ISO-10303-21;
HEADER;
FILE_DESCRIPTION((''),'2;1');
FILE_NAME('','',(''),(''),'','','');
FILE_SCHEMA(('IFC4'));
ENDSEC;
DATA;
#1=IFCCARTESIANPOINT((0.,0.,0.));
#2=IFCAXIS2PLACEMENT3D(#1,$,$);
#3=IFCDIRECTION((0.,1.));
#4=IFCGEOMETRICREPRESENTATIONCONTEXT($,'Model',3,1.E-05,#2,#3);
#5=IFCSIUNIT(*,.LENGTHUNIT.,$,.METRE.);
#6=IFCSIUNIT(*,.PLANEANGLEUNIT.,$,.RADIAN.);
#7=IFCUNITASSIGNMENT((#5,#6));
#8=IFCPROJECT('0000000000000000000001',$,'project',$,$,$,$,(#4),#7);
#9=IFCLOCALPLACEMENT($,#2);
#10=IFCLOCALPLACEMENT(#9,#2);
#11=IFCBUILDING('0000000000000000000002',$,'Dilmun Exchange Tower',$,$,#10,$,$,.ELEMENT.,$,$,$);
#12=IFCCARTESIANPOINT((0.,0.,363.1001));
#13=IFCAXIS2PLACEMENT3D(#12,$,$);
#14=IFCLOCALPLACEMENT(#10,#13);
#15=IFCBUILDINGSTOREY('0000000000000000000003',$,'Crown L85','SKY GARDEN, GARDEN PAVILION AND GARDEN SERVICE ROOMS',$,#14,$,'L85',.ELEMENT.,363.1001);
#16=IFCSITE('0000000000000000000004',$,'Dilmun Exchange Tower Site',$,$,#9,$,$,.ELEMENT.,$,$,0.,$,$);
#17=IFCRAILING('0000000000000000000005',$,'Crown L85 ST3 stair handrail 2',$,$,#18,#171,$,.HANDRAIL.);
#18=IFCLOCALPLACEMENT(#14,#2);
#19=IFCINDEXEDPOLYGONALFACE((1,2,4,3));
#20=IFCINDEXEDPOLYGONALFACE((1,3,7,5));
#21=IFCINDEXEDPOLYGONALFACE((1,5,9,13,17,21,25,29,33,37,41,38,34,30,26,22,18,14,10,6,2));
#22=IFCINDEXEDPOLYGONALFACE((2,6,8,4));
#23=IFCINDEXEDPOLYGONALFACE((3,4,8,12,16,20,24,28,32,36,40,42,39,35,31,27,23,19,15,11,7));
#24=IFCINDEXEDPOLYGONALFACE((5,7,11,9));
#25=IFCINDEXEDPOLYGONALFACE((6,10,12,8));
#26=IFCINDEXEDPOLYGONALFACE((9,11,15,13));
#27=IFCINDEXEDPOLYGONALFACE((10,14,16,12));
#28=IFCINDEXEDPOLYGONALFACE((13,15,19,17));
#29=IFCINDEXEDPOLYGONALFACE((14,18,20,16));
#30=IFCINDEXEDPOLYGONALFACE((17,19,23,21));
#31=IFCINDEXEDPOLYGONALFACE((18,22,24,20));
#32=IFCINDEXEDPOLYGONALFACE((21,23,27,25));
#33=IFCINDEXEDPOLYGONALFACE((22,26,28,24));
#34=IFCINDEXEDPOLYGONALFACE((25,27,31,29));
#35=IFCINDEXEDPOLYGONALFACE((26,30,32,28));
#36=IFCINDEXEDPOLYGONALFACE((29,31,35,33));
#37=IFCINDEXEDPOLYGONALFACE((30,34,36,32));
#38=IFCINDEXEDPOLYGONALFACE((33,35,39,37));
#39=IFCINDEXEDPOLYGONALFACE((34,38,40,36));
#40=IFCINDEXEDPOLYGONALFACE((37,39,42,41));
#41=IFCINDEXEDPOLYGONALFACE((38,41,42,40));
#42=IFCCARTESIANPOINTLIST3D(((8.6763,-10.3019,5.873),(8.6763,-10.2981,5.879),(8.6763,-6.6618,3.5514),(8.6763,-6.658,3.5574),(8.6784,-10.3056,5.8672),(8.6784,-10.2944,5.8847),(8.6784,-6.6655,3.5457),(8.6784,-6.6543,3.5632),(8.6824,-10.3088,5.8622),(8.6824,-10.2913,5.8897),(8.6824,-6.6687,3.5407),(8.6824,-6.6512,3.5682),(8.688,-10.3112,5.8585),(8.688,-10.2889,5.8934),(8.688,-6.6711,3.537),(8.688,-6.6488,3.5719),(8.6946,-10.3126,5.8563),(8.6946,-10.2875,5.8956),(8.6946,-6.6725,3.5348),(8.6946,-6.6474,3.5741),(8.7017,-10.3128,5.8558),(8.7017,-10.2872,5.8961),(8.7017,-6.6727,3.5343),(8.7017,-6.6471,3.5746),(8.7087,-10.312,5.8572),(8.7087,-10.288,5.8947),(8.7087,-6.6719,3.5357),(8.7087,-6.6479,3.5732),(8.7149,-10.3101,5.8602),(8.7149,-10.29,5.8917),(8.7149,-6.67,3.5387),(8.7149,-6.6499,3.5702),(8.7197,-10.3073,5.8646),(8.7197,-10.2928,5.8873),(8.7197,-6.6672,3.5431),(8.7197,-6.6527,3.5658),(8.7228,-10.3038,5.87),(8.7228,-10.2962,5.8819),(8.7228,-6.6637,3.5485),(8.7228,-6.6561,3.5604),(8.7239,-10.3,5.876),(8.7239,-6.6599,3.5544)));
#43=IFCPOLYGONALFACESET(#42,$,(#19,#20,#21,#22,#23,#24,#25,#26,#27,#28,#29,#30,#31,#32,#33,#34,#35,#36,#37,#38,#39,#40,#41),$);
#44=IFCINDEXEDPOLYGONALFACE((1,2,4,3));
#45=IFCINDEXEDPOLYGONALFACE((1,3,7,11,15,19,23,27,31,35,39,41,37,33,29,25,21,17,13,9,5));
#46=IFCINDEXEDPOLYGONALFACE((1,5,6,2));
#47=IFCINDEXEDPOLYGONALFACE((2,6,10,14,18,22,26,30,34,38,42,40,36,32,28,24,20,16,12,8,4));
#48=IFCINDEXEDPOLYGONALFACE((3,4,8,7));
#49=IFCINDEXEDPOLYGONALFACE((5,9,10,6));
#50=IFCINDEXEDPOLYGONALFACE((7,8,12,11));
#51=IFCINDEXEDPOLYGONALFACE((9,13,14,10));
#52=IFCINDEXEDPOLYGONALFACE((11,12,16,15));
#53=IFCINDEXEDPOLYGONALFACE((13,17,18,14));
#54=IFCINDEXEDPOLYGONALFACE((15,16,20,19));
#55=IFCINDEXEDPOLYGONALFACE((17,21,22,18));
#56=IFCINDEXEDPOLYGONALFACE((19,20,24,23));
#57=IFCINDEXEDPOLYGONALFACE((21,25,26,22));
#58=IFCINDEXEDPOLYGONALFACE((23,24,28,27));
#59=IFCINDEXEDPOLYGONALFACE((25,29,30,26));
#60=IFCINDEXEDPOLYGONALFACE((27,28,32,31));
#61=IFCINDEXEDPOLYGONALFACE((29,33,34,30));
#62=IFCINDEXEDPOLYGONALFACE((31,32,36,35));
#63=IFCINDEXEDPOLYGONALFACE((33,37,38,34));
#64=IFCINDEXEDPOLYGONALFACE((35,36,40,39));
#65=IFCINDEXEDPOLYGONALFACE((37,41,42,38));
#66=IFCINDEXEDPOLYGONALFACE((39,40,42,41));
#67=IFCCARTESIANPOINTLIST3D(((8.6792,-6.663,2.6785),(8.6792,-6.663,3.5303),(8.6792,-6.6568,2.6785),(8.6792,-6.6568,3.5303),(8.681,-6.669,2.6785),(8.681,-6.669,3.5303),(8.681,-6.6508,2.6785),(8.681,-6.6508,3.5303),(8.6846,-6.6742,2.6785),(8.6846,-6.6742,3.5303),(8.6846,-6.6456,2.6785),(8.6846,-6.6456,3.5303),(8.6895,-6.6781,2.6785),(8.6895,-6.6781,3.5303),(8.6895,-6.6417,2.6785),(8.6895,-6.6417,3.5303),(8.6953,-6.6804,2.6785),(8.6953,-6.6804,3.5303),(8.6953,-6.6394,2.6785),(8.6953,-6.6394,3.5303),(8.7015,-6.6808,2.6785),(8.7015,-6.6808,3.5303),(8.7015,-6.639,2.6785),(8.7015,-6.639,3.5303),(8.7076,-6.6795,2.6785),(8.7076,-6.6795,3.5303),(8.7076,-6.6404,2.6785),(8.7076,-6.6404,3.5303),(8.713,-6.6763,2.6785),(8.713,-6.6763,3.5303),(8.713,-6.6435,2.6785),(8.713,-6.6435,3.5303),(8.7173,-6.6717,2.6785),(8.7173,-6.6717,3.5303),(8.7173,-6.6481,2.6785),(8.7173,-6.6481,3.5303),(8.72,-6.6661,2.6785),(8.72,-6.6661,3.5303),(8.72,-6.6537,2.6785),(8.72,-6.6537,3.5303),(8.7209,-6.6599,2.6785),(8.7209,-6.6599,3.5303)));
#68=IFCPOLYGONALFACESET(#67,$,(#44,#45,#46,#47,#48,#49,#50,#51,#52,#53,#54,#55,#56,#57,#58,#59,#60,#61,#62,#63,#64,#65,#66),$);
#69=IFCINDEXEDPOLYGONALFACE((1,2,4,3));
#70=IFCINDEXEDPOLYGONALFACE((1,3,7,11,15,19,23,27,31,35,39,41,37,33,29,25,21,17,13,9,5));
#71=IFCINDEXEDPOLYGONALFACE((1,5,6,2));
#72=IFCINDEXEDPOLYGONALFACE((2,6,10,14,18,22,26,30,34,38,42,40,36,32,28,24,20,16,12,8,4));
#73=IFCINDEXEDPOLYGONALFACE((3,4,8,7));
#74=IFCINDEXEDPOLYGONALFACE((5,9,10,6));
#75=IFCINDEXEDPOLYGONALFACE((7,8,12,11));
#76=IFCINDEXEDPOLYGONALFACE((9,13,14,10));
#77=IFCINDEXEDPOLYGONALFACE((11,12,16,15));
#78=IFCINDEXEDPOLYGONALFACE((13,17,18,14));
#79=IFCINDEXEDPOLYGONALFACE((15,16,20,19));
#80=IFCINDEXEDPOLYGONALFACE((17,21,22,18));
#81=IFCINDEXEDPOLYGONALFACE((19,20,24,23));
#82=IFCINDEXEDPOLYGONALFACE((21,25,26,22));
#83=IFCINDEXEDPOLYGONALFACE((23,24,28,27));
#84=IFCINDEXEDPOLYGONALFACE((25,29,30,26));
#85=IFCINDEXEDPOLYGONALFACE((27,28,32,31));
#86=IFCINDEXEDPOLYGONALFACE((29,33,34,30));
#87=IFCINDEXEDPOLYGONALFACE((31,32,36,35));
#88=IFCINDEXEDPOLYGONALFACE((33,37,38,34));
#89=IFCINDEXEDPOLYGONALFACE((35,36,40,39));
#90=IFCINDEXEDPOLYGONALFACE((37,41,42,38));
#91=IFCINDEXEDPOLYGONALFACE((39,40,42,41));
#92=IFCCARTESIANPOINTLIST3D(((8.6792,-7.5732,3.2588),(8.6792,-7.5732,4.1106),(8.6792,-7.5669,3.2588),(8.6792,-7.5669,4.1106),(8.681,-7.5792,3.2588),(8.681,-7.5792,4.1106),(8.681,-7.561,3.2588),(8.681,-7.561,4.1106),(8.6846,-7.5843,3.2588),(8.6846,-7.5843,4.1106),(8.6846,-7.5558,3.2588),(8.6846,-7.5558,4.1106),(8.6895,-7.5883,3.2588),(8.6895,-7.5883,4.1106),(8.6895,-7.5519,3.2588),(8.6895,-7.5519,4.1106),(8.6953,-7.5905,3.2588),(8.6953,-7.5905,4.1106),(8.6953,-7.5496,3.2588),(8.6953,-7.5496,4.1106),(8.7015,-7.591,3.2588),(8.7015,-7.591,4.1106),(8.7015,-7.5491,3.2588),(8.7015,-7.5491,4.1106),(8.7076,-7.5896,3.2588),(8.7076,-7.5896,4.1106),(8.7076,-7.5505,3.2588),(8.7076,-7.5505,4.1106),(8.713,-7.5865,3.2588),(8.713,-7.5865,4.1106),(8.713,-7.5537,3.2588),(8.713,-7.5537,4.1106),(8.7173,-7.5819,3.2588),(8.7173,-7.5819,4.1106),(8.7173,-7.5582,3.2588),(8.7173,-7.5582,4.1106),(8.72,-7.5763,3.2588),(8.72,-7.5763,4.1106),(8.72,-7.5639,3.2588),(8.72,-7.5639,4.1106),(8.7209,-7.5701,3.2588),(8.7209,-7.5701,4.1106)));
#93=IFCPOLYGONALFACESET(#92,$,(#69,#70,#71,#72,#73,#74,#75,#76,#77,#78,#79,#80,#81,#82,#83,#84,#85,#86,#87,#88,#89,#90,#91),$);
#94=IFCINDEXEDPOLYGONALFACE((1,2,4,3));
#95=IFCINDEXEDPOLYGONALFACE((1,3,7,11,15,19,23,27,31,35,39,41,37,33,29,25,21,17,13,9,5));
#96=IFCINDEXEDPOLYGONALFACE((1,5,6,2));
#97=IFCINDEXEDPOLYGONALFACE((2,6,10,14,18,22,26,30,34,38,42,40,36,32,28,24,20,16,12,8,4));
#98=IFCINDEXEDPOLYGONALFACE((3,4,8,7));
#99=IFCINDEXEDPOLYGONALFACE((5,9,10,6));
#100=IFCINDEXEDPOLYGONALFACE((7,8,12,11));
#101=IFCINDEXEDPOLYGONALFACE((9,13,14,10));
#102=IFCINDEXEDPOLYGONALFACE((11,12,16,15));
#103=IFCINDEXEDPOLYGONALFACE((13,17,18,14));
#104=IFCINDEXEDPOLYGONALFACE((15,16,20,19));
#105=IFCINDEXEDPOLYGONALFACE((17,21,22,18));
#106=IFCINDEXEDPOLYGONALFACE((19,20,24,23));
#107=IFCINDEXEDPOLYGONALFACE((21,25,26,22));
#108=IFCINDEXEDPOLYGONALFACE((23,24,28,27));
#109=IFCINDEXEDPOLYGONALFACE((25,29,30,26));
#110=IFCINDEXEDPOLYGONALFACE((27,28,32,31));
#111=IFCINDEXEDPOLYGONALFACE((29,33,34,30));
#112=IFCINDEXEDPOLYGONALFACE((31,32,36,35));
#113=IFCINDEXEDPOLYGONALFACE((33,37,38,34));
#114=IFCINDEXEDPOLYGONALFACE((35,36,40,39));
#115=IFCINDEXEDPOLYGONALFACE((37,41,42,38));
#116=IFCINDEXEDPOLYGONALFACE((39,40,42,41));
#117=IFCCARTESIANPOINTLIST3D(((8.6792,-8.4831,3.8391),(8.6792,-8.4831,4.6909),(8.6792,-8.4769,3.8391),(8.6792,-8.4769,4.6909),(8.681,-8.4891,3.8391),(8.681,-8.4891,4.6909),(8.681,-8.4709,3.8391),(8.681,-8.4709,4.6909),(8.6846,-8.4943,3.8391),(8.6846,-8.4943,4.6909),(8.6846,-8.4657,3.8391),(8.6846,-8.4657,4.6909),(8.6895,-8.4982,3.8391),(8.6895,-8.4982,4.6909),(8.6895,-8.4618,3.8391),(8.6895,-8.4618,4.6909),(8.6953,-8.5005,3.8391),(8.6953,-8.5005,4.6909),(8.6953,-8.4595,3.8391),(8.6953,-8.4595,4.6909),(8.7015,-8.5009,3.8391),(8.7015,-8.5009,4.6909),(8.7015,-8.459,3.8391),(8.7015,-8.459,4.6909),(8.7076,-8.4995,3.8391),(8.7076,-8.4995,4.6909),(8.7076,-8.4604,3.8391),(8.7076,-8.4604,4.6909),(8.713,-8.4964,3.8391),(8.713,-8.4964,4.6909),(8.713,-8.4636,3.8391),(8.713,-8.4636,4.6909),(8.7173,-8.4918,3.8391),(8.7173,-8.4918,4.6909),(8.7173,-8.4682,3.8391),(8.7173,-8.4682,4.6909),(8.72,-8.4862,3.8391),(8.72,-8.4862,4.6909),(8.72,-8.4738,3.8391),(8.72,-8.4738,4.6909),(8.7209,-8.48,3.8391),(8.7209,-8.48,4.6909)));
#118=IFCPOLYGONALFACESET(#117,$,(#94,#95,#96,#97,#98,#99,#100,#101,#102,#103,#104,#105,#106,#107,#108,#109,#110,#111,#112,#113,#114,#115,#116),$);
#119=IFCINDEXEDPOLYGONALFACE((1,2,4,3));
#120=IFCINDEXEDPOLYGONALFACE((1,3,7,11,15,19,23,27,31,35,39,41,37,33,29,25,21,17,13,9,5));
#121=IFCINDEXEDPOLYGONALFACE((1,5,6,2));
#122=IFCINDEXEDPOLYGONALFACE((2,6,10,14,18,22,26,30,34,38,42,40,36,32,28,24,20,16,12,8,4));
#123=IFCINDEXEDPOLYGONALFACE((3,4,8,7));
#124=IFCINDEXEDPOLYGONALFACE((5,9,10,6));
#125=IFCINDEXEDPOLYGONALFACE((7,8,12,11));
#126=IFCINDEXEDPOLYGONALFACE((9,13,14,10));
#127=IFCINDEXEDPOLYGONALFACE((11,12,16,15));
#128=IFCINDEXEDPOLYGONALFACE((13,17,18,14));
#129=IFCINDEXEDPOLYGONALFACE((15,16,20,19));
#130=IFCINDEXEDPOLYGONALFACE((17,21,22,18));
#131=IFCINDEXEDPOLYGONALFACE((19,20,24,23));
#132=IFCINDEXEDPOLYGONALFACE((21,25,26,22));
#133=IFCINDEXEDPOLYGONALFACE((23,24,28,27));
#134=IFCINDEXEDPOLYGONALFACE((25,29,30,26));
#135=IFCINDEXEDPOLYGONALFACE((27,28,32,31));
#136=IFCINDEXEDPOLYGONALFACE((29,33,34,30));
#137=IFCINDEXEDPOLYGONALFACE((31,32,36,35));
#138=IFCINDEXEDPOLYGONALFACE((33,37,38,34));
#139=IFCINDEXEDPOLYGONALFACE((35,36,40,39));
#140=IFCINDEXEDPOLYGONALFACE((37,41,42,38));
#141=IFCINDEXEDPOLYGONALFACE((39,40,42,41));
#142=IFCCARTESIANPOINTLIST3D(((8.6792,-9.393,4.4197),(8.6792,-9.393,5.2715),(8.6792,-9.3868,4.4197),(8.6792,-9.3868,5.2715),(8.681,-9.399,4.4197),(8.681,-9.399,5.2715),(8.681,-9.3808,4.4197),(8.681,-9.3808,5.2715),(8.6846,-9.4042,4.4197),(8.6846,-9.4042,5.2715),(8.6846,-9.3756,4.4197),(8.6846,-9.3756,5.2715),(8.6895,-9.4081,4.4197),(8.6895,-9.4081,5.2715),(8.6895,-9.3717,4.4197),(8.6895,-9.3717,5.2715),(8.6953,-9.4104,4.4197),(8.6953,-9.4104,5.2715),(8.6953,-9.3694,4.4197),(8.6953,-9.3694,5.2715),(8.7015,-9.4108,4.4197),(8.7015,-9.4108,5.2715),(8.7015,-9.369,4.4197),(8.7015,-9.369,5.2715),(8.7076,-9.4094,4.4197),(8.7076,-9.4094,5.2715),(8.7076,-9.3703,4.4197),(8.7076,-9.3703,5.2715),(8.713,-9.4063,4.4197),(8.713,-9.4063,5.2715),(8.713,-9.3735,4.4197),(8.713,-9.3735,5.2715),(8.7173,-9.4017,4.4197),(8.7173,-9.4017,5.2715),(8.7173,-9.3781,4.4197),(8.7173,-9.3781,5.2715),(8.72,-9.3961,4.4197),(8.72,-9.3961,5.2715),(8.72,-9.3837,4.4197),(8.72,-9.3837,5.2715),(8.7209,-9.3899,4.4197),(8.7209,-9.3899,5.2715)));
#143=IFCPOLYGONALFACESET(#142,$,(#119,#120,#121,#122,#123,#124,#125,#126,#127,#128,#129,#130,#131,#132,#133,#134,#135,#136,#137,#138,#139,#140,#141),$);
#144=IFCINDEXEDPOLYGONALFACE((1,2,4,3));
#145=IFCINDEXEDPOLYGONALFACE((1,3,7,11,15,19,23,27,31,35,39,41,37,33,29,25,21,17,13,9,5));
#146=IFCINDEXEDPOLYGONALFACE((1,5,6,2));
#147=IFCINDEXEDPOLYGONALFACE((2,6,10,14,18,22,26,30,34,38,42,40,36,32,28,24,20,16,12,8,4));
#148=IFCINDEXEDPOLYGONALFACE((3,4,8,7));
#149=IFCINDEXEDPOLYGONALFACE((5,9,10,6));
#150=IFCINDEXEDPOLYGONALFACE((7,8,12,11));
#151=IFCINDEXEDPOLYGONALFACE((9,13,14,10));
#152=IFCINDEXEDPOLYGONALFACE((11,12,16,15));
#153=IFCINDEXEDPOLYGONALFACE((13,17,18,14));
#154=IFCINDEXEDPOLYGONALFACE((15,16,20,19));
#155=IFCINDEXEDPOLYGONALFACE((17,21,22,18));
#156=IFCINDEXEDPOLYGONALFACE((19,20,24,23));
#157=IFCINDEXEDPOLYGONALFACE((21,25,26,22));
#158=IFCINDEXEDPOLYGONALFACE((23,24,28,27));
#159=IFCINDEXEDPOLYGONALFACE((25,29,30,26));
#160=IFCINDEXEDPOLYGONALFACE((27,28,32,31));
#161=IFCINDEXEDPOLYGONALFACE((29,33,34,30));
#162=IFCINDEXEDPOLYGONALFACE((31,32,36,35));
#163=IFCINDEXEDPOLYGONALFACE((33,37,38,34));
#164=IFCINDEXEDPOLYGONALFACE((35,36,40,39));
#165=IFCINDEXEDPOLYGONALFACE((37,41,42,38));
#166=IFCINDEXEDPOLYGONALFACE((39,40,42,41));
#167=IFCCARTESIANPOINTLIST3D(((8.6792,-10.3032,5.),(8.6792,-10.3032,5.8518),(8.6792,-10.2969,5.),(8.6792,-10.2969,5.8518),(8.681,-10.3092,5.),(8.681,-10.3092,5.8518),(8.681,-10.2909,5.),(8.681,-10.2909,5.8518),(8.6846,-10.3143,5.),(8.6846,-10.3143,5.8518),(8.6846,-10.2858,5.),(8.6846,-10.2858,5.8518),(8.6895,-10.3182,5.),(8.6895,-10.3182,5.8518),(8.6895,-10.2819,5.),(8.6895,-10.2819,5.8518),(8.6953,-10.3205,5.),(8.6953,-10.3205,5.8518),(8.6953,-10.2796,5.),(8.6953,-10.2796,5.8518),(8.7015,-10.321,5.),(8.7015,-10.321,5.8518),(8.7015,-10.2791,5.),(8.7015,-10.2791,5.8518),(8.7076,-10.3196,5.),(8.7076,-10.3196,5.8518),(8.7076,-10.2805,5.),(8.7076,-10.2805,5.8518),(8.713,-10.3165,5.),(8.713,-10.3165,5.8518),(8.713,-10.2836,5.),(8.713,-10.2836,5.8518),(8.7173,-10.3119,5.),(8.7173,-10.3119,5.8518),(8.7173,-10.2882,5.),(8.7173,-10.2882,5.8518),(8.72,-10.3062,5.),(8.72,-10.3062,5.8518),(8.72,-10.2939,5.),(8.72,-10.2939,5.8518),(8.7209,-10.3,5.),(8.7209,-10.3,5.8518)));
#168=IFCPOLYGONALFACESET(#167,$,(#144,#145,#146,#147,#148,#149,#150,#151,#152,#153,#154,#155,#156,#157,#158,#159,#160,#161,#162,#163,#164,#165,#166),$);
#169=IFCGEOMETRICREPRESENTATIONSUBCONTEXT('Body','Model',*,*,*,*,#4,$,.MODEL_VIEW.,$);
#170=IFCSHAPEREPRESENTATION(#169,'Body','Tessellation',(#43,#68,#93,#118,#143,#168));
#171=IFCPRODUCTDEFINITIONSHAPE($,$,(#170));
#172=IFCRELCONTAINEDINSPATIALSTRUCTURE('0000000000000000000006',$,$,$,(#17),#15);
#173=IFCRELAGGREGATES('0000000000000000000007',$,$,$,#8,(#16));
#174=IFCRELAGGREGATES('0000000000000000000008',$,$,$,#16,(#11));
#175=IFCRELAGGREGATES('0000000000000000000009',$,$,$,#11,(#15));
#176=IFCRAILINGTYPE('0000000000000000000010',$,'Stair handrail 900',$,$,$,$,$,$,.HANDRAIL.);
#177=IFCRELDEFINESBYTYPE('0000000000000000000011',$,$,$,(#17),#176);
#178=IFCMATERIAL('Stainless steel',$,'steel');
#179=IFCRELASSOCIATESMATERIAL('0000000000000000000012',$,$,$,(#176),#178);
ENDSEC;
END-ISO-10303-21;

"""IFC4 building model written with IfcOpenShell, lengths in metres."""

from ifc_helpers import new_model, si_unit, direction, frame, origin, origin_2d, place, context, subcontext, project, spatial, circle, extrude, material, type_object, element, save


model = new_model("IFC4")

# Units and contexts
model_context = context("Model", 3, precision=1e-05, world=origin(), true_north=direction((0.0, 1.0)))
body_context = subcontext(model_context, "Body", "Model", "MODEL_VIEW")
ifc_project = project(units=[si_unit("LENGTHUNIT", "METRE"), si_unit("PLANEANGLEUNIT", "RADIAN")], contexts=[model_context])

# Site, building, storey
site_placement = place(None, origin())
site = spatial("IfcSite", under=ifc_project, at=site_placement, Name="Dilmun Exchange Tower Site", CompositionType="ELEMENT", RefElevation=0.0)
building_placement = place(site_placement, origin())
building = spatial("IfcBuilding", under=site, at=building_placement, Name="Dilmun Exchange Tower", CompositionType="ELEMENT")
storey_placement = place(building_placement, frame((0.0, 0.0, 363.1001)))
storey = spatial("IfcBuildingStorey", under=building, at=storey_placement, Name="Crown L85", Description="SKY GARDEN, GARDEN PAVILION AND GARDEN SERVICE ROOMS", LongName="L85", CompositionType="ELEMENT", Elevation=363.1001)

# Railing
ifc_material_1 = material(Name="Stainless steel", Category="steel")
railing_type = type_object("IfcRailingType", Name="Stair handrail 900", PredefinedType="HANDRAIL", material=ifc_material_1)
railing_1_placement = place(storey_placement, frame((8.7, -6.6599, 2.6785)))
element("IfcRailing", 1, at=railing_1_placement, inside=storey, type_object=railing_type, Name="Crown L85 ST3 stair handrail 2", PredefinedType="HANDRAIL", context=body_context, shape_type="SweptSolid", body=[
    extrude(circle(Radius=0.0239, at=origin_2d()), frame((0.0, 0.0, 0.876), z_axis=(0.0, -0.843128, 0.537713), x_axis=(1.0, 0.0, 0.0)), (0.0, 0.0, 1.0), 4.3174),
    extrude(circle(Radius=0.021, at=origin_2d()), origin(), (0.0, 0.0, 1.0), 0.8518),
    extrude(circle(Radius=0.021, at=origin_2d()), frame((0.0, -0.9102, 0.5803)), (0.0, 0.0, 1.0), 0.8518),
    extrude(circle(Radius=0.021, at=origin_2d()), frame((0.0, -1.8201, 1.1606)), (0.0, 0.0, 1.0), 0.8518),
    extrude(circle(Radius=0.021, at=origin_2d()), frame((0.0, -2.73, 1.7412)), (0.0, 0.0, 1.0), 0.8518),
    extrude(circle(Radius=0.021, at=origin_2d()), frame((0.0, -3.6401, 2.3215)), (0.0, 0.0, 1.0), 0.8518),
])

save(model, "model.ifc")
